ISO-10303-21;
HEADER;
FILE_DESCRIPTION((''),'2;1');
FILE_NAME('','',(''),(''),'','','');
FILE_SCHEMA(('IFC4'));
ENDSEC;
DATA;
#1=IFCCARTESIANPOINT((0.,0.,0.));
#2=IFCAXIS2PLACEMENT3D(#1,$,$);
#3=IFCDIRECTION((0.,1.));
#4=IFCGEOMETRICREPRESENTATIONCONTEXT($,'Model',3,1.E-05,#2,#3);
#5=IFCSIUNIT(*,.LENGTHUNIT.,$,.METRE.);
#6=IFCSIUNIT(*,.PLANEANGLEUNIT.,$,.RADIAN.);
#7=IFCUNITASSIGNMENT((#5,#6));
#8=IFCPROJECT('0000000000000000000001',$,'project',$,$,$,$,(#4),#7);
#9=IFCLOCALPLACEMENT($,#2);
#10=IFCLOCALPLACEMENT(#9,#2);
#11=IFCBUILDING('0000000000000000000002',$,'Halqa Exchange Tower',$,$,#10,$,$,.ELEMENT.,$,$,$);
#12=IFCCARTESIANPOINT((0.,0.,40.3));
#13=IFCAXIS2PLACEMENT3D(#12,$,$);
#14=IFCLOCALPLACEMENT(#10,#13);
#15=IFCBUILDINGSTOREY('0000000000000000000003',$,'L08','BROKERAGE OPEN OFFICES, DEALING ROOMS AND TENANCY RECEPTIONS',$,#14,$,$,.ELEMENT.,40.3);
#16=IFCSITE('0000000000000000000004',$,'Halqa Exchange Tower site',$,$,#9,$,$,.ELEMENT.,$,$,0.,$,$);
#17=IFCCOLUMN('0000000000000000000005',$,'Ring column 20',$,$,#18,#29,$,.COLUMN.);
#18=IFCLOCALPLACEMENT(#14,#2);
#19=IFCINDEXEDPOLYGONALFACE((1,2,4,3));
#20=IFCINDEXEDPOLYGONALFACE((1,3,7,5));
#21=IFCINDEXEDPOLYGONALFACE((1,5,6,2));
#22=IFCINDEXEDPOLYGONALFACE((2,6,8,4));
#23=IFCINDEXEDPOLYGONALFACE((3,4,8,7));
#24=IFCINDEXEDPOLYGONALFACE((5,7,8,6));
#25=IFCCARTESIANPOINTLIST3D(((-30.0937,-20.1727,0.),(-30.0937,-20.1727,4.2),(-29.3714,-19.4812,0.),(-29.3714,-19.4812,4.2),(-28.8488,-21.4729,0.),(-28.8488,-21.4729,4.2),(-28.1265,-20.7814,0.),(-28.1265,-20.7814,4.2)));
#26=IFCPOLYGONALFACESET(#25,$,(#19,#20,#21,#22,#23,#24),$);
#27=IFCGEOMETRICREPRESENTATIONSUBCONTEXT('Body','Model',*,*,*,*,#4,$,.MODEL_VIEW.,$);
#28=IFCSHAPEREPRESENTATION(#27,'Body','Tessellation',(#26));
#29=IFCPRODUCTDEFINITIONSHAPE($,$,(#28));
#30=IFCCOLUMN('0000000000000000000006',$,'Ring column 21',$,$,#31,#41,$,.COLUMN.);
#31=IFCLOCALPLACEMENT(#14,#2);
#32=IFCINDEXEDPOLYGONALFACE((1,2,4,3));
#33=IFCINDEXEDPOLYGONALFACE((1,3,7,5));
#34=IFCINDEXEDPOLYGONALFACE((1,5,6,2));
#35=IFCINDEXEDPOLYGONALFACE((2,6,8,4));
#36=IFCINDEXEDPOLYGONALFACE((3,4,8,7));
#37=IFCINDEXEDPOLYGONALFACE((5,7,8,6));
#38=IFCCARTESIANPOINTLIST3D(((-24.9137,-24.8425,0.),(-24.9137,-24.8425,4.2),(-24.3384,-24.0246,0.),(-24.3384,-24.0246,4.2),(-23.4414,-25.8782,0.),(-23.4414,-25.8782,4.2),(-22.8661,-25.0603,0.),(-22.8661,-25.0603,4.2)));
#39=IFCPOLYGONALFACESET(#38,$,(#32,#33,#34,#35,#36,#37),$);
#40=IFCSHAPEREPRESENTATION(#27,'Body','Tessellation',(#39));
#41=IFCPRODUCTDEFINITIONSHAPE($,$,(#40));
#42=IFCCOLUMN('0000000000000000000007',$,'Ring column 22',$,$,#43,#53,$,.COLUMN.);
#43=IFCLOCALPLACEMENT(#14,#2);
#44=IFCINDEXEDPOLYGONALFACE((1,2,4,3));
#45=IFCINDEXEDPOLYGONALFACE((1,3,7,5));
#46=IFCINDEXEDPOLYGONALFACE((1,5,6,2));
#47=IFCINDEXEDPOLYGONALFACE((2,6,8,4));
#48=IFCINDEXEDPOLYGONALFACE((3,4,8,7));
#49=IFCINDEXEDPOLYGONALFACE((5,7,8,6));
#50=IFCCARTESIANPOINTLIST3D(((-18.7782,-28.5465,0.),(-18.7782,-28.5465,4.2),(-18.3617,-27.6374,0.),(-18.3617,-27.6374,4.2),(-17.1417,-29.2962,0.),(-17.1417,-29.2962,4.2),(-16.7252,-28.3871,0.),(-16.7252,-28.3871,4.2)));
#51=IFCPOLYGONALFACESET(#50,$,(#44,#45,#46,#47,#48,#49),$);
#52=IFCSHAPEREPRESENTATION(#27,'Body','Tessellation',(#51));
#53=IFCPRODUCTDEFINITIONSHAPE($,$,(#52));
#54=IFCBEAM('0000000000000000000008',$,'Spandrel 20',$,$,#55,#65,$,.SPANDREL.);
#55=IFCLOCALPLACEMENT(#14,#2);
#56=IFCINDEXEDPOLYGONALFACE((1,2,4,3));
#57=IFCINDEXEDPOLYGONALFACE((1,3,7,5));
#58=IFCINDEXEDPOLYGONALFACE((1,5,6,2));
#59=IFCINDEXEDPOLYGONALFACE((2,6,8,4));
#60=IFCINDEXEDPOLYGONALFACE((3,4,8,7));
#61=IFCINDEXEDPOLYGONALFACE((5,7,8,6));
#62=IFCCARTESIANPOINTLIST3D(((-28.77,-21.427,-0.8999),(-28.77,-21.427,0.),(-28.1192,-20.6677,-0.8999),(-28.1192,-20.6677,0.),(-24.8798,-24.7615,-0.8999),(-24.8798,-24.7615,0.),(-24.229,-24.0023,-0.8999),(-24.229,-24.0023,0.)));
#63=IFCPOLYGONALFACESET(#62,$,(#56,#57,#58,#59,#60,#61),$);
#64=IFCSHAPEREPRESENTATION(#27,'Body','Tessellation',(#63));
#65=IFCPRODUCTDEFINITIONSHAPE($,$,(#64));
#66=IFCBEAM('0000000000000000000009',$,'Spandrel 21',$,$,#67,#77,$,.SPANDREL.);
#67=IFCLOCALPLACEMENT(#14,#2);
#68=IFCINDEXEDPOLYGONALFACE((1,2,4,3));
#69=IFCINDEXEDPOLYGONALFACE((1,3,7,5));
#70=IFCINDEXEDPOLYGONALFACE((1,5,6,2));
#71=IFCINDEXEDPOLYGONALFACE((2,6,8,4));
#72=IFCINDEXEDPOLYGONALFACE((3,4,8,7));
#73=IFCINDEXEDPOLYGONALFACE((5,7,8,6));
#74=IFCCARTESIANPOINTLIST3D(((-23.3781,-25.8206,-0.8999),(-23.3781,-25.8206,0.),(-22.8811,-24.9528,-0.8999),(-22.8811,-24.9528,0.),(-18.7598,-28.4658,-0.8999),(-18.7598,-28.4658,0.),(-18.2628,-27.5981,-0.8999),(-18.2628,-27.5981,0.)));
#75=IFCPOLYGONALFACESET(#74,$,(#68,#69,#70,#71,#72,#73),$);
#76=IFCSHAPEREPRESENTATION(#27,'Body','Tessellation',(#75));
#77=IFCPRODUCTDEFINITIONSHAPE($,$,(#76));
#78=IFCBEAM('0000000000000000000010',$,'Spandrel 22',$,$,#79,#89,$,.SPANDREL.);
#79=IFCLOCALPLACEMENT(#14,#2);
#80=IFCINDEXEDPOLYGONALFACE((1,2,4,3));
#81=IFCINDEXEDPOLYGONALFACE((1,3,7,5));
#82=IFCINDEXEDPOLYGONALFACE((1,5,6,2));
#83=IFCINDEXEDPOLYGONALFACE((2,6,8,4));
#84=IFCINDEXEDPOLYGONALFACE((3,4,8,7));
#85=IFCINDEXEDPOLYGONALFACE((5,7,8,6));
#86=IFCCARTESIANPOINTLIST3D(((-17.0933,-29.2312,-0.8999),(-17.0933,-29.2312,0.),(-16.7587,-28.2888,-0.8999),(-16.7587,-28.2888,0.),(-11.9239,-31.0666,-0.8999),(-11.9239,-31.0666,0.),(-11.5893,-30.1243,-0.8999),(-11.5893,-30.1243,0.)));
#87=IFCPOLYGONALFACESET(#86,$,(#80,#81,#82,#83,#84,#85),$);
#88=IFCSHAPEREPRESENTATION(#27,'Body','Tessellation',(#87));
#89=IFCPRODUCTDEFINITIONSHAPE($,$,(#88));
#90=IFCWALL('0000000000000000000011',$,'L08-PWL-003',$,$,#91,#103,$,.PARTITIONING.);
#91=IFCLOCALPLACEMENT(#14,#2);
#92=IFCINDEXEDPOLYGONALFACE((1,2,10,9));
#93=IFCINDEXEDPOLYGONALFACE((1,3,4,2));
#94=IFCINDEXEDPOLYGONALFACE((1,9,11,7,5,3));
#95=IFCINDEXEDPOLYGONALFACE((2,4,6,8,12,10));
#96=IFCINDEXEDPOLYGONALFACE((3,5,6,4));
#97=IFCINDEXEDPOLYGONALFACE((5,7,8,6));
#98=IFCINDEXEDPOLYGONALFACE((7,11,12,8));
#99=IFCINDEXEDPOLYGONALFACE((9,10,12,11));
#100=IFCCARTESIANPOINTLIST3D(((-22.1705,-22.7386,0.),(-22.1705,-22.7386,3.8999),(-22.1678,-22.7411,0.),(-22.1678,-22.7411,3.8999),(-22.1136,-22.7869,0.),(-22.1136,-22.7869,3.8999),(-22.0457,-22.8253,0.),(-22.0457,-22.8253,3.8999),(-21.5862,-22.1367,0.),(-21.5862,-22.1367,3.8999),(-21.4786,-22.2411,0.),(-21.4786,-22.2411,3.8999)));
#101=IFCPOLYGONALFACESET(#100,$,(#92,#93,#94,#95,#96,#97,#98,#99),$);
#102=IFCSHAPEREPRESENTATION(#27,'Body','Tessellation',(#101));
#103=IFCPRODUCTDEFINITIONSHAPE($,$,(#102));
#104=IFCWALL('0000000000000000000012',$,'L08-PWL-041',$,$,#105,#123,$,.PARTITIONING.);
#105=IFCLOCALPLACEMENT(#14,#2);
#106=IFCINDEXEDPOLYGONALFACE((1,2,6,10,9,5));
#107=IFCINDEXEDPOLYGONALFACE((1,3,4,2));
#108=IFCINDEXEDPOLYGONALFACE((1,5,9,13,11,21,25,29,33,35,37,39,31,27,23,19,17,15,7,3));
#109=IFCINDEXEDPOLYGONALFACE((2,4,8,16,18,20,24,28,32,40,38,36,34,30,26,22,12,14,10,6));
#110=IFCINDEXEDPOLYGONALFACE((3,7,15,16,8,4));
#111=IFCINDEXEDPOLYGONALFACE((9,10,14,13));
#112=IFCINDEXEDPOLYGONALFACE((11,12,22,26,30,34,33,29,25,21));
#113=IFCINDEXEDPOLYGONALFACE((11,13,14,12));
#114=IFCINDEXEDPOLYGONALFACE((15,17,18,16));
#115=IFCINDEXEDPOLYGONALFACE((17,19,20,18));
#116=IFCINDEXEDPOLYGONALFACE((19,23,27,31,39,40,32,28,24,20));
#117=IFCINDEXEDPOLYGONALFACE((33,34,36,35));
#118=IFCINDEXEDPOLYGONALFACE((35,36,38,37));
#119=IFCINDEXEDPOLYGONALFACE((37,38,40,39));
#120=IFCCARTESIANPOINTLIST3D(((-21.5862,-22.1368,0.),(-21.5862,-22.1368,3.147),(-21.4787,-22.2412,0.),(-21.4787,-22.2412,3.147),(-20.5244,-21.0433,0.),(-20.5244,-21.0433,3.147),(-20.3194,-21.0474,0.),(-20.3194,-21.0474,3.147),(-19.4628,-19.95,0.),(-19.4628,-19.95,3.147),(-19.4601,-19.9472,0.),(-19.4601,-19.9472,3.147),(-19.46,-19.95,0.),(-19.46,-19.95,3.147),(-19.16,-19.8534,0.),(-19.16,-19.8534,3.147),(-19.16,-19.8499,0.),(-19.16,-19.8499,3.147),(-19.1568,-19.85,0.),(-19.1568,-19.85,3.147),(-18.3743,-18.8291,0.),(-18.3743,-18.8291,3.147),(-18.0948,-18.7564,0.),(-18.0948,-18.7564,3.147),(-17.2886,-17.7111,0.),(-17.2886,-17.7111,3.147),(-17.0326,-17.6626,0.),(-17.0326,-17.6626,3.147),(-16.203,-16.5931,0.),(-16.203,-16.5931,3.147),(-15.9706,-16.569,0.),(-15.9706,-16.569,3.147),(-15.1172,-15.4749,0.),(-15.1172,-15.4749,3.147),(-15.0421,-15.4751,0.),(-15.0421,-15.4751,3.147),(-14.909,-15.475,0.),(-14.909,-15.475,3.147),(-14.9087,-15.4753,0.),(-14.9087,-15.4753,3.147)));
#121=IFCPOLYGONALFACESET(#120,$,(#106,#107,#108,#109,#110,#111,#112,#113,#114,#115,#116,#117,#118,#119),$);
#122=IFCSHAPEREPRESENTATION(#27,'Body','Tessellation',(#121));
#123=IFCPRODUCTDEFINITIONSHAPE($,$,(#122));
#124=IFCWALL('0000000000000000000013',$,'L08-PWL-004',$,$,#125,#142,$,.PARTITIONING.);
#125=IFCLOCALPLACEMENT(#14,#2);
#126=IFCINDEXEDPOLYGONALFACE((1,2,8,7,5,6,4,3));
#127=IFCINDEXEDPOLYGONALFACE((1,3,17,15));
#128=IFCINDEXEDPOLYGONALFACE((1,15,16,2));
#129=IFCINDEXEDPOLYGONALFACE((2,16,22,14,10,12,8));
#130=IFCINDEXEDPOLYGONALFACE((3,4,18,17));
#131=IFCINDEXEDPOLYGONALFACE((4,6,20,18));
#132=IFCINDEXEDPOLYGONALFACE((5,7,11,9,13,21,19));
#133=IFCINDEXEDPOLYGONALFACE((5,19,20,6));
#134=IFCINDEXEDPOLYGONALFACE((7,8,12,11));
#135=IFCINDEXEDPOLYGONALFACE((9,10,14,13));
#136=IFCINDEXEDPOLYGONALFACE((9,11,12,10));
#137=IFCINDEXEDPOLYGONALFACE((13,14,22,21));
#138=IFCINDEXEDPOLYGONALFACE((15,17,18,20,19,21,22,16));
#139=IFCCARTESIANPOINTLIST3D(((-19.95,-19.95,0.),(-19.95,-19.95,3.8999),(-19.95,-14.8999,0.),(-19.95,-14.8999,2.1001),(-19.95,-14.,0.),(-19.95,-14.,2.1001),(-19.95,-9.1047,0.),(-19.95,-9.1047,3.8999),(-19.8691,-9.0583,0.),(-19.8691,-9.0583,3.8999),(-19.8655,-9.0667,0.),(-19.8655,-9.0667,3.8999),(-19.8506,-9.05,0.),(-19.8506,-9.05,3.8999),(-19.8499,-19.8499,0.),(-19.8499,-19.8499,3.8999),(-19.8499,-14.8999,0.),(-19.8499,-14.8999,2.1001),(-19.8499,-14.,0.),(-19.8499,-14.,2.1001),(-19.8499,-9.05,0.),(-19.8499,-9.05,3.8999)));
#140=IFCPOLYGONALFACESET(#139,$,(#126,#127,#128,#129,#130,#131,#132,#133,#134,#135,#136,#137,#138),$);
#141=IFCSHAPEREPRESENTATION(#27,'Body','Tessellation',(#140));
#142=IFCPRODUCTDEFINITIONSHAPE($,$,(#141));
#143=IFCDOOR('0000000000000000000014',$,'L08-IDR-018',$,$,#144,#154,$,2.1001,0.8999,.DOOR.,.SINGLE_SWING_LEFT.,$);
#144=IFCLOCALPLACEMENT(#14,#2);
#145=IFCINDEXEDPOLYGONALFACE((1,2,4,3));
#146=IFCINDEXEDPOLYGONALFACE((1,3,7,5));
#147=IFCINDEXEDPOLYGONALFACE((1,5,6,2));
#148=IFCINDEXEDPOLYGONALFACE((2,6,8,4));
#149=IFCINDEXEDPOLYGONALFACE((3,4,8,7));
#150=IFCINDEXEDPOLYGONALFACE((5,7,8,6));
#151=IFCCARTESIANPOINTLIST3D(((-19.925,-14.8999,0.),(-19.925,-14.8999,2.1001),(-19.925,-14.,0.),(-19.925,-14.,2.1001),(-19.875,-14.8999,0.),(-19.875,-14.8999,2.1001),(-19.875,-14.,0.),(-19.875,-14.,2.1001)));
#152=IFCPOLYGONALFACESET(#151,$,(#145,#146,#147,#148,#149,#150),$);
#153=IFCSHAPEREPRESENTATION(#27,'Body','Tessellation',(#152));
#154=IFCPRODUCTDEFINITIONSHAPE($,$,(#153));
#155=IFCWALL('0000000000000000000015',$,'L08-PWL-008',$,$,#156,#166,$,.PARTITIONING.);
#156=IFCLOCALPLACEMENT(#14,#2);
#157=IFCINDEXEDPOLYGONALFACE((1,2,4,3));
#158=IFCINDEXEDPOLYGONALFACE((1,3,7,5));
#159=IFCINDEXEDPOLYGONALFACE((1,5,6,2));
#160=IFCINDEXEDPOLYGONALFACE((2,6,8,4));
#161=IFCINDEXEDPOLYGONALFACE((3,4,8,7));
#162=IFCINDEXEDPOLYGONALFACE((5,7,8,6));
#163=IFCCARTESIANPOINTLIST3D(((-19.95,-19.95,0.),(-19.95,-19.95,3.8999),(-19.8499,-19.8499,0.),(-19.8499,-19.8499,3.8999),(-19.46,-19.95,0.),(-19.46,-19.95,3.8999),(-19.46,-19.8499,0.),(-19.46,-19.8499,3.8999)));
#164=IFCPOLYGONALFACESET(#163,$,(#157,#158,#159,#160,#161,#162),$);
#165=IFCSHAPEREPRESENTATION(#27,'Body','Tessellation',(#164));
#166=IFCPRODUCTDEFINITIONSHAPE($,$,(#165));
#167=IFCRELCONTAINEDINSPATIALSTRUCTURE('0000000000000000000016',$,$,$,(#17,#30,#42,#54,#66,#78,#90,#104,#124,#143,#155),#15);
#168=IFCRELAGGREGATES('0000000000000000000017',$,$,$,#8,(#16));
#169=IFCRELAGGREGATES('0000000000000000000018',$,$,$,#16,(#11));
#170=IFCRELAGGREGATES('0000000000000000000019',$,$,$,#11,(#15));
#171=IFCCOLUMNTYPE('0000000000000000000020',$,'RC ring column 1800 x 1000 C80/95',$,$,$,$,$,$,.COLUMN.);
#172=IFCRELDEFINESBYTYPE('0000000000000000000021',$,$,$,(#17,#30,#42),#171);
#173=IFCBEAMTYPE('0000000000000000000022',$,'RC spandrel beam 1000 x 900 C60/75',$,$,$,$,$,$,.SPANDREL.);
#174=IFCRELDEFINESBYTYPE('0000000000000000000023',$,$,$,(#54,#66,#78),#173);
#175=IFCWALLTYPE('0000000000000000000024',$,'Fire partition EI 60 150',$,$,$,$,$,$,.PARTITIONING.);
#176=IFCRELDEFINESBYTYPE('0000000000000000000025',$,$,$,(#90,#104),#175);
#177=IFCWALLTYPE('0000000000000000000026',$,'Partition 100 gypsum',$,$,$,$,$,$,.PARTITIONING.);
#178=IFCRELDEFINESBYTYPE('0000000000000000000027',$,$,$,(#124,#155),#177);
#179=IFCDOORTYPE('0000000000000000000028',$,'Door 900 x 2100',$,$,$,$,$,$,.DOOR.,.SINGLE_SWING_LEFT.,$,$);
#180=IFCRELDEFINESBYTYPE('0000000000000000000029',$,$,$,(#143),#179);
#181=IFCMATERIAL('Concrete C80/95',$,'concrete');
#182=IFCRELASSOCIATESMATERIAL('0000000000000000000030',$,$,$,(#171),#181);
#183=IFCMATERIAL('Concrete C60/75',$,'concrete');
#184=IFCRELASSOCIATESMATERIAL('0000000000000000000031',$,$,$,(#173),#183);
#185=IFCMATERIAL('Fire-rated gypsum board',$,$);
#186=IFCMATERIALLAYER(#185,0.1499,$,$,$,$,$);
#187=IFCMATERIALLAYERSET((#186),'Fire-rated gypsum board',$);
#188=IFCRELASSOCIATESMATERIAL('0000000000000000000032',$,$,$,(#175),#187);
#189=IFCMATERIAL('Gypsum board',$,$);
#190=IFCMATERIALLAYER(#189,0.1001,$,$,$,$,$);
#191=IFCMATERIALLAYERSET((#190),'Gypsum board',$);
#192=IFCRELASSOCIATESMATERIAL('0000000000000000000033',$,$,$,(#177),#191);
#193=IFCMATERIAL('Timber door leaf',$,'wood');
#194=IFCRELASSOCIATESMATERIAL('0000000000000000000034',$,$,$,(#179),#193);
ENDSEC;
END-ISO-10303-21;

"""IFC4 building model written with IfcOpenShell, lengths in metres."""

from ifc_helpers import new_model, si_unit, direction, frame, frame_2d, origin, origin_2d, place, context, subcontext, project, spatial, polyline, rectangle, outline, extrude, material, layer, layer_set, material_profile, profile_set, type_object, element, fill, save


model = new_model("IFC4")

# Units and contexts
model_context = context("Model", 3, precision=1e-05, world=origin(), true_north=direction((0.0, 1.0)))
body_context = subcontext(model_context, "Body", "Model", "MODEL_VIEW")
ifc_project = project(units=[si_unit("LENGTHUNIT", "METRE"), si_unit("PLANEANGLEUNIT", "RADIAN")], contexts=[model_context])

# Site, building, storey
site_placement = place(None, origin())
site = spatial("IfcSite", under=ifc_project, at=site_placement, Name="Halqa Exchange Tower site", CompositionType="ELEMENT", RefElevation=0.0)
building_placement = place(site_placement, origin())
building = spatial("IfcBuilding", under=site, at=building_placement, Name="Halqa Exchange Tower", CompositionType="ELEMENT")
storey_placement = place(building_placement, frame((0.0, 0.0, 40.3)))
storey = spatial("IfcBuildingStorey", under=building, at=storey_placement, Name="L08", Description="BROKERAGE OPEN OFFICES, DEALING ROOMS AND TENANCY RECEPTIONS", CompositionType="ELEMENT", Elevation=40.3)

# Columns
ifc_material_1 = material(Name="Concrete C80/95", Category="concrete")
ifc_material_profile_1 = material_profile(ifc_material_1, rectangle(XDim=1.8, YDim=1.0, at=origin_2d()), Name="1800 x 1000")
ifc_profile_set_1 = profile_set([ifc_material_profile_1], Name="Concrete C80/95")
column_type = type_object("IfcColumnType", Name="RC ring column 1800 x 1000 C80/95", PredefinedType="COLUMN", material=ifc_profile_set_1)
for number, where, z_axis, x_axis, name in (
    (1, (-29.1101, -20.4771, 0.0), (0.0, 0.0, 1.0), (0.691575, -0.722305, 0.0), "Ring column 20"),
    (2, (-23.8899, -24.9514, 0.0), (0.0, 0.0, 1.0), (0.817912, -0.575344, 0.0), "Ring column 21"),
    (3, (-17.7517, -28.4668, 0.0), (0.0, 0.0, 1.0), (0.909128, -0.416517, 0.0), "Ring column 22"),
):
    element("IfcColumn", number, at=place(storey_placement, frame(where, z_axis=z_axis, x_axis=x_axis)), inside=storey, type_object=column_type, Name=name, PredefinedType="COLUMN", context=body_context, shape_type="SweptSolid", body=[
        extrude(rectangle(XDim=1.8, YDim=1.0, at=origin_2d()), origin(), (0.0, 0.0, 1.0), 4.2),
    ])

# Beams
ifc_material_2 = material(Name="Concrete C60/75", Category="concrete")
ifc_material_profile_2 = material_profile(ifc_material_2, rectangle(XDim=1.0, YDim=0.8999, at=origin_2d()), Name="1000 x 900")
ifc_profile_set_2 = profile_set([ifc_material_profile_2], Name="Concrete C60/75")
beam_type = type_object("IfcBeamType", Name="RC spandrel beam 1000 x 900 C60/75", PredefinedType="SPANDREL", material=ifc_profile_set_2)
beam_1_placement = place(storey_placement, frame((-28.4446, -21.0474, -0.45), z_axis=(0.75925, -0.650799, 0.0), x_axis=(0.650799, 0.75925, 0.0)))
element("IfcBeam", 4, at=beam_1_placement, inside=storey, type_object=beam_type, Name="Spandrel 20", PredefinedType="SPANDREL", context=body_context, shape_type="SweptSolid", body=[
    extrude(rectangle(XDim=1.0, YDim=0.8999, at=origin_2d()), origin(), (0.0, 0.0, 1.0), 5.1238),
])
beam_2_placement = place(storey_placement, frame((-23.1296, -25.3867, -0.45), z_axis=(0.867743, -0.497013, 0.0), x_axis=(0.497013, 0.867743, 0.0)))
element("IfcBeam", 5, at=beam_2_placement, inside=storey, type_object=beam_type, Name="Spandrel 21", PredefinedType="SPANDREL", context=body_context, shape_type="SweptSolid", body=[
    extrude(rectangle(XDim=1.0, YDim=0.8999, at=origin_2d()), origin(), (0.0, 0.0, 1.0), 5.3223),
])
beam_3_placement = place(storey_placement, frame((-16.926, -28.76, -0.45), z_axis=(0.942363, -0.334593, 0.0), x_axis=(0.334593, 0.942363, 0.0)))
element("IfcBeam", 6, at=beam_3_placement, inside=storey, type_object=beam_type, Name="Spandrel 22", PredefinedType="SPANDREL", context=body_context, shape_type="SweptSolid", body=[
    extrude(rectangle(XDim=1.0, YDim=0.8999, at=origin_2d()), origin(), (0.0, 0.0, 1.0), 5.4856),
])

# Walls
ifc_material_3 = material(Name="Fire-rated gypsum board")
ifc_layer_1 = layer(ifc_material_3, 0.1499)
ifc_layer_set_1 = layer_set([ifc_layer_1], Name="Fire-rated gypsum board")
wall_type_1 = type_object("IfcWallType", Name="Fire partition EI 60 150", PredefinedType="PARTITIONING", material=ifc_layer_set_1)
wall_1_placement = place(storey_placement, frame((-22.1167, -22.7908, 0.0), z_axis=(0.0, 0.0, 1.0), x_axis=(0.69655, 0.717508, 0.0)))
element("IfcWall", 7, at=wall_1_placement, inside=storey, type_object=wall_type_1, Name="L08-PWL-003", PredefinedType="PARTITIONING", context=body_context, shape_type="SweptSolid", body=[
    extrude(outline(polyline([(0.0, 0.075), (0.0, 0.0713), (0.0049, 0.0005), (0.0247, -0.075), (0.8389, -0.075), (0.8389, 0.075), (0.0, 0.075)])), origin(), (0.0, 0.0, 1.0), 3.8999),
])
wall_2_placement = place(storey_placement, frame((-21.5325, -22.189, 0.0), z_axis=(0.0, 0.0, 1.0), x_axis=(0.69665, 0.717411, 0.0)))
element("IfcWall", 8, at=wall_2_placement, inside=storey, type_object=wall_type_1, Name="L08-PWL-041", PredefinedType="PARTITIONING", context=body_context, shape_type="SweptSolid", body=[
    extrude(outline(polyline([(0.0, -0.075), (1.6641, -0.075), (3.3284, -0.075), (3.3308, -0.0725), (3.333, -0.075), (4.8574, -0.075), (6.3821, -0.075), (7.9065, -0.075), (9.4309, -0.075), (9.4309, -0.0745), (9.3381, 0.021), (9.3381, 0.021), (9.2859, 0.075), (7.7273, 0.075), (6.1689, 0.075), (4.6106, 0.075), (3.052, 0.075), (3.05, 0.073), (3.0481, 0.075), (1.5242, 0.075), (0.0, 0.075), (0.0, -0.075)])), origin(), (0.0, 0.0, 1.0), 3.147),
])

# Wall, opening, door
ifc_material_4 = material(Name="Gypsum board")
ifc_layer_2 = layer(ifc_material_4, 0.1001)
ifc_layer_set_2 = layer_set([ifc_layer_2], Name="Gypsum board")
wall_type_2 = type_object("IfcWallType", Name="Partition 100 gypsum", PredefinedType="PARTITIONING", material=ifc_layer_set_2)
wall_3_placement = place(storey_placement, frame((-19.8999, -19.95, 0.0), z_axis=(0.0, 0.0, 1.0), x_axis=(0.0, 1.0, 0.0)))
wall_3 = element("IfcWall", 9, at=wall_3_placement, inside=storey, type_object=wall_type_2, Name="L08-PWL-004", PredefinedType="PARTITIONING", context=body_context, shape_type="SweptSolid", body=[
    extrude(outline(polyline([(10.8999, -0.05), (10.8999, -0.0493), (10.8916, -0.0308), (10.8833, -0.0344), (10.8452, 0.05), (9.0376, 0.05), (7.23, 0.05), (5.4226, 0.05), (3.615, 0.05), (1.8076, 0.05), (0.0, 0.05), (0.0999, -0.0498), (0.1001, -0.05), (1.9001, -0.05), (3.7, -0.05), (5.5, -0.05), (7.3, -0.05), (9.0999, -0.05), (10.8999, -0.05)])), origin(), (0.0, 0.0, 1.0), 3.8999),
])
opening_1_placement = place(wall_3_placement, frame((5.05, 0.0, 0.0)))
opening_1 = element("IfcOpeningElement", 10, at=opening_1_placement, cuts=wall_3, PredefinedType="OPENING", context=body_context, shape_type="SweptSolid", body=[
    extrude(rectangle(XDim=0.8999, YDim=2.1001, at=frame_2d((0.45, 1.05))), frame((0.0, 0.062, 0.0), z_axis=(0.0, -1.0, 0.0), x_axis=(1.0, 0.0, 0.0)), (0.0, 0.0, 1.0), 0.124),
])
ifc_material_5 = material(Name="Timber door leaf", Category="wood")
door_type_1 = type_object("IfcDoorType", Name="Door 900 x 2100", OperationType="SINGLE_SWING_LEFT", PredefinedType="DOOR", material=ifc_material_5)
door_1_placement = place(opening_1_placement, frame((0.8999, 0.0, 0.0), z_axis=(0.0, 0.0, 1.0), x_axis=(-1.0, 0.0, 0.0)))
door_1 = element("IfcDoor", 11, at=door_1_placement, inside=storey, type_object=door_type_1, Name="L08-IDR-018", OperationType="SINGLE_SWING_LEFT", OverallHeight=2.1001, OverallWidth=0.8999, PredefinedType="DOOR", context=body_context, shape_type="SweptSolid", body=[
    extrude(rectangle(XDim=0.8999, YDim=2.1001, at=frame_2d((0.45, 1.05))), frame((0.0, 0.0249, 0.0), z_axis=(0.0, -1.0, 0.0), x_axis=(1.0, 0.0, 0.0)), (0.0, 0.0, 1.0), 0.05),
])
fill(opening_1, door_1)

# Wall
wall_4_placement = place(storey_placement, frame((-19.46, -19.8999, 0.0), z_axis=(0.0, 0.0, 1.0), x_axis=(-1.0, 0.0, 0.0)))
element("IfcWall", 12, at=wall_4_placement, inside=storey, type_object=wall_type_2, Name="L08-PWL-008", PredefinedType="PARTITIONING", context=body_context, shape_type="SweptSolid", body=[
    extrude(outline(polyline([(0.0, -0.05), (0.3899, -0.05), (0.49, 0.05), (0.0, 0.05), (0.0, -0.05)])), origin(), (0.0, 0.0, 1.0), 3.8999),
])

save(model, "model.ifc")
